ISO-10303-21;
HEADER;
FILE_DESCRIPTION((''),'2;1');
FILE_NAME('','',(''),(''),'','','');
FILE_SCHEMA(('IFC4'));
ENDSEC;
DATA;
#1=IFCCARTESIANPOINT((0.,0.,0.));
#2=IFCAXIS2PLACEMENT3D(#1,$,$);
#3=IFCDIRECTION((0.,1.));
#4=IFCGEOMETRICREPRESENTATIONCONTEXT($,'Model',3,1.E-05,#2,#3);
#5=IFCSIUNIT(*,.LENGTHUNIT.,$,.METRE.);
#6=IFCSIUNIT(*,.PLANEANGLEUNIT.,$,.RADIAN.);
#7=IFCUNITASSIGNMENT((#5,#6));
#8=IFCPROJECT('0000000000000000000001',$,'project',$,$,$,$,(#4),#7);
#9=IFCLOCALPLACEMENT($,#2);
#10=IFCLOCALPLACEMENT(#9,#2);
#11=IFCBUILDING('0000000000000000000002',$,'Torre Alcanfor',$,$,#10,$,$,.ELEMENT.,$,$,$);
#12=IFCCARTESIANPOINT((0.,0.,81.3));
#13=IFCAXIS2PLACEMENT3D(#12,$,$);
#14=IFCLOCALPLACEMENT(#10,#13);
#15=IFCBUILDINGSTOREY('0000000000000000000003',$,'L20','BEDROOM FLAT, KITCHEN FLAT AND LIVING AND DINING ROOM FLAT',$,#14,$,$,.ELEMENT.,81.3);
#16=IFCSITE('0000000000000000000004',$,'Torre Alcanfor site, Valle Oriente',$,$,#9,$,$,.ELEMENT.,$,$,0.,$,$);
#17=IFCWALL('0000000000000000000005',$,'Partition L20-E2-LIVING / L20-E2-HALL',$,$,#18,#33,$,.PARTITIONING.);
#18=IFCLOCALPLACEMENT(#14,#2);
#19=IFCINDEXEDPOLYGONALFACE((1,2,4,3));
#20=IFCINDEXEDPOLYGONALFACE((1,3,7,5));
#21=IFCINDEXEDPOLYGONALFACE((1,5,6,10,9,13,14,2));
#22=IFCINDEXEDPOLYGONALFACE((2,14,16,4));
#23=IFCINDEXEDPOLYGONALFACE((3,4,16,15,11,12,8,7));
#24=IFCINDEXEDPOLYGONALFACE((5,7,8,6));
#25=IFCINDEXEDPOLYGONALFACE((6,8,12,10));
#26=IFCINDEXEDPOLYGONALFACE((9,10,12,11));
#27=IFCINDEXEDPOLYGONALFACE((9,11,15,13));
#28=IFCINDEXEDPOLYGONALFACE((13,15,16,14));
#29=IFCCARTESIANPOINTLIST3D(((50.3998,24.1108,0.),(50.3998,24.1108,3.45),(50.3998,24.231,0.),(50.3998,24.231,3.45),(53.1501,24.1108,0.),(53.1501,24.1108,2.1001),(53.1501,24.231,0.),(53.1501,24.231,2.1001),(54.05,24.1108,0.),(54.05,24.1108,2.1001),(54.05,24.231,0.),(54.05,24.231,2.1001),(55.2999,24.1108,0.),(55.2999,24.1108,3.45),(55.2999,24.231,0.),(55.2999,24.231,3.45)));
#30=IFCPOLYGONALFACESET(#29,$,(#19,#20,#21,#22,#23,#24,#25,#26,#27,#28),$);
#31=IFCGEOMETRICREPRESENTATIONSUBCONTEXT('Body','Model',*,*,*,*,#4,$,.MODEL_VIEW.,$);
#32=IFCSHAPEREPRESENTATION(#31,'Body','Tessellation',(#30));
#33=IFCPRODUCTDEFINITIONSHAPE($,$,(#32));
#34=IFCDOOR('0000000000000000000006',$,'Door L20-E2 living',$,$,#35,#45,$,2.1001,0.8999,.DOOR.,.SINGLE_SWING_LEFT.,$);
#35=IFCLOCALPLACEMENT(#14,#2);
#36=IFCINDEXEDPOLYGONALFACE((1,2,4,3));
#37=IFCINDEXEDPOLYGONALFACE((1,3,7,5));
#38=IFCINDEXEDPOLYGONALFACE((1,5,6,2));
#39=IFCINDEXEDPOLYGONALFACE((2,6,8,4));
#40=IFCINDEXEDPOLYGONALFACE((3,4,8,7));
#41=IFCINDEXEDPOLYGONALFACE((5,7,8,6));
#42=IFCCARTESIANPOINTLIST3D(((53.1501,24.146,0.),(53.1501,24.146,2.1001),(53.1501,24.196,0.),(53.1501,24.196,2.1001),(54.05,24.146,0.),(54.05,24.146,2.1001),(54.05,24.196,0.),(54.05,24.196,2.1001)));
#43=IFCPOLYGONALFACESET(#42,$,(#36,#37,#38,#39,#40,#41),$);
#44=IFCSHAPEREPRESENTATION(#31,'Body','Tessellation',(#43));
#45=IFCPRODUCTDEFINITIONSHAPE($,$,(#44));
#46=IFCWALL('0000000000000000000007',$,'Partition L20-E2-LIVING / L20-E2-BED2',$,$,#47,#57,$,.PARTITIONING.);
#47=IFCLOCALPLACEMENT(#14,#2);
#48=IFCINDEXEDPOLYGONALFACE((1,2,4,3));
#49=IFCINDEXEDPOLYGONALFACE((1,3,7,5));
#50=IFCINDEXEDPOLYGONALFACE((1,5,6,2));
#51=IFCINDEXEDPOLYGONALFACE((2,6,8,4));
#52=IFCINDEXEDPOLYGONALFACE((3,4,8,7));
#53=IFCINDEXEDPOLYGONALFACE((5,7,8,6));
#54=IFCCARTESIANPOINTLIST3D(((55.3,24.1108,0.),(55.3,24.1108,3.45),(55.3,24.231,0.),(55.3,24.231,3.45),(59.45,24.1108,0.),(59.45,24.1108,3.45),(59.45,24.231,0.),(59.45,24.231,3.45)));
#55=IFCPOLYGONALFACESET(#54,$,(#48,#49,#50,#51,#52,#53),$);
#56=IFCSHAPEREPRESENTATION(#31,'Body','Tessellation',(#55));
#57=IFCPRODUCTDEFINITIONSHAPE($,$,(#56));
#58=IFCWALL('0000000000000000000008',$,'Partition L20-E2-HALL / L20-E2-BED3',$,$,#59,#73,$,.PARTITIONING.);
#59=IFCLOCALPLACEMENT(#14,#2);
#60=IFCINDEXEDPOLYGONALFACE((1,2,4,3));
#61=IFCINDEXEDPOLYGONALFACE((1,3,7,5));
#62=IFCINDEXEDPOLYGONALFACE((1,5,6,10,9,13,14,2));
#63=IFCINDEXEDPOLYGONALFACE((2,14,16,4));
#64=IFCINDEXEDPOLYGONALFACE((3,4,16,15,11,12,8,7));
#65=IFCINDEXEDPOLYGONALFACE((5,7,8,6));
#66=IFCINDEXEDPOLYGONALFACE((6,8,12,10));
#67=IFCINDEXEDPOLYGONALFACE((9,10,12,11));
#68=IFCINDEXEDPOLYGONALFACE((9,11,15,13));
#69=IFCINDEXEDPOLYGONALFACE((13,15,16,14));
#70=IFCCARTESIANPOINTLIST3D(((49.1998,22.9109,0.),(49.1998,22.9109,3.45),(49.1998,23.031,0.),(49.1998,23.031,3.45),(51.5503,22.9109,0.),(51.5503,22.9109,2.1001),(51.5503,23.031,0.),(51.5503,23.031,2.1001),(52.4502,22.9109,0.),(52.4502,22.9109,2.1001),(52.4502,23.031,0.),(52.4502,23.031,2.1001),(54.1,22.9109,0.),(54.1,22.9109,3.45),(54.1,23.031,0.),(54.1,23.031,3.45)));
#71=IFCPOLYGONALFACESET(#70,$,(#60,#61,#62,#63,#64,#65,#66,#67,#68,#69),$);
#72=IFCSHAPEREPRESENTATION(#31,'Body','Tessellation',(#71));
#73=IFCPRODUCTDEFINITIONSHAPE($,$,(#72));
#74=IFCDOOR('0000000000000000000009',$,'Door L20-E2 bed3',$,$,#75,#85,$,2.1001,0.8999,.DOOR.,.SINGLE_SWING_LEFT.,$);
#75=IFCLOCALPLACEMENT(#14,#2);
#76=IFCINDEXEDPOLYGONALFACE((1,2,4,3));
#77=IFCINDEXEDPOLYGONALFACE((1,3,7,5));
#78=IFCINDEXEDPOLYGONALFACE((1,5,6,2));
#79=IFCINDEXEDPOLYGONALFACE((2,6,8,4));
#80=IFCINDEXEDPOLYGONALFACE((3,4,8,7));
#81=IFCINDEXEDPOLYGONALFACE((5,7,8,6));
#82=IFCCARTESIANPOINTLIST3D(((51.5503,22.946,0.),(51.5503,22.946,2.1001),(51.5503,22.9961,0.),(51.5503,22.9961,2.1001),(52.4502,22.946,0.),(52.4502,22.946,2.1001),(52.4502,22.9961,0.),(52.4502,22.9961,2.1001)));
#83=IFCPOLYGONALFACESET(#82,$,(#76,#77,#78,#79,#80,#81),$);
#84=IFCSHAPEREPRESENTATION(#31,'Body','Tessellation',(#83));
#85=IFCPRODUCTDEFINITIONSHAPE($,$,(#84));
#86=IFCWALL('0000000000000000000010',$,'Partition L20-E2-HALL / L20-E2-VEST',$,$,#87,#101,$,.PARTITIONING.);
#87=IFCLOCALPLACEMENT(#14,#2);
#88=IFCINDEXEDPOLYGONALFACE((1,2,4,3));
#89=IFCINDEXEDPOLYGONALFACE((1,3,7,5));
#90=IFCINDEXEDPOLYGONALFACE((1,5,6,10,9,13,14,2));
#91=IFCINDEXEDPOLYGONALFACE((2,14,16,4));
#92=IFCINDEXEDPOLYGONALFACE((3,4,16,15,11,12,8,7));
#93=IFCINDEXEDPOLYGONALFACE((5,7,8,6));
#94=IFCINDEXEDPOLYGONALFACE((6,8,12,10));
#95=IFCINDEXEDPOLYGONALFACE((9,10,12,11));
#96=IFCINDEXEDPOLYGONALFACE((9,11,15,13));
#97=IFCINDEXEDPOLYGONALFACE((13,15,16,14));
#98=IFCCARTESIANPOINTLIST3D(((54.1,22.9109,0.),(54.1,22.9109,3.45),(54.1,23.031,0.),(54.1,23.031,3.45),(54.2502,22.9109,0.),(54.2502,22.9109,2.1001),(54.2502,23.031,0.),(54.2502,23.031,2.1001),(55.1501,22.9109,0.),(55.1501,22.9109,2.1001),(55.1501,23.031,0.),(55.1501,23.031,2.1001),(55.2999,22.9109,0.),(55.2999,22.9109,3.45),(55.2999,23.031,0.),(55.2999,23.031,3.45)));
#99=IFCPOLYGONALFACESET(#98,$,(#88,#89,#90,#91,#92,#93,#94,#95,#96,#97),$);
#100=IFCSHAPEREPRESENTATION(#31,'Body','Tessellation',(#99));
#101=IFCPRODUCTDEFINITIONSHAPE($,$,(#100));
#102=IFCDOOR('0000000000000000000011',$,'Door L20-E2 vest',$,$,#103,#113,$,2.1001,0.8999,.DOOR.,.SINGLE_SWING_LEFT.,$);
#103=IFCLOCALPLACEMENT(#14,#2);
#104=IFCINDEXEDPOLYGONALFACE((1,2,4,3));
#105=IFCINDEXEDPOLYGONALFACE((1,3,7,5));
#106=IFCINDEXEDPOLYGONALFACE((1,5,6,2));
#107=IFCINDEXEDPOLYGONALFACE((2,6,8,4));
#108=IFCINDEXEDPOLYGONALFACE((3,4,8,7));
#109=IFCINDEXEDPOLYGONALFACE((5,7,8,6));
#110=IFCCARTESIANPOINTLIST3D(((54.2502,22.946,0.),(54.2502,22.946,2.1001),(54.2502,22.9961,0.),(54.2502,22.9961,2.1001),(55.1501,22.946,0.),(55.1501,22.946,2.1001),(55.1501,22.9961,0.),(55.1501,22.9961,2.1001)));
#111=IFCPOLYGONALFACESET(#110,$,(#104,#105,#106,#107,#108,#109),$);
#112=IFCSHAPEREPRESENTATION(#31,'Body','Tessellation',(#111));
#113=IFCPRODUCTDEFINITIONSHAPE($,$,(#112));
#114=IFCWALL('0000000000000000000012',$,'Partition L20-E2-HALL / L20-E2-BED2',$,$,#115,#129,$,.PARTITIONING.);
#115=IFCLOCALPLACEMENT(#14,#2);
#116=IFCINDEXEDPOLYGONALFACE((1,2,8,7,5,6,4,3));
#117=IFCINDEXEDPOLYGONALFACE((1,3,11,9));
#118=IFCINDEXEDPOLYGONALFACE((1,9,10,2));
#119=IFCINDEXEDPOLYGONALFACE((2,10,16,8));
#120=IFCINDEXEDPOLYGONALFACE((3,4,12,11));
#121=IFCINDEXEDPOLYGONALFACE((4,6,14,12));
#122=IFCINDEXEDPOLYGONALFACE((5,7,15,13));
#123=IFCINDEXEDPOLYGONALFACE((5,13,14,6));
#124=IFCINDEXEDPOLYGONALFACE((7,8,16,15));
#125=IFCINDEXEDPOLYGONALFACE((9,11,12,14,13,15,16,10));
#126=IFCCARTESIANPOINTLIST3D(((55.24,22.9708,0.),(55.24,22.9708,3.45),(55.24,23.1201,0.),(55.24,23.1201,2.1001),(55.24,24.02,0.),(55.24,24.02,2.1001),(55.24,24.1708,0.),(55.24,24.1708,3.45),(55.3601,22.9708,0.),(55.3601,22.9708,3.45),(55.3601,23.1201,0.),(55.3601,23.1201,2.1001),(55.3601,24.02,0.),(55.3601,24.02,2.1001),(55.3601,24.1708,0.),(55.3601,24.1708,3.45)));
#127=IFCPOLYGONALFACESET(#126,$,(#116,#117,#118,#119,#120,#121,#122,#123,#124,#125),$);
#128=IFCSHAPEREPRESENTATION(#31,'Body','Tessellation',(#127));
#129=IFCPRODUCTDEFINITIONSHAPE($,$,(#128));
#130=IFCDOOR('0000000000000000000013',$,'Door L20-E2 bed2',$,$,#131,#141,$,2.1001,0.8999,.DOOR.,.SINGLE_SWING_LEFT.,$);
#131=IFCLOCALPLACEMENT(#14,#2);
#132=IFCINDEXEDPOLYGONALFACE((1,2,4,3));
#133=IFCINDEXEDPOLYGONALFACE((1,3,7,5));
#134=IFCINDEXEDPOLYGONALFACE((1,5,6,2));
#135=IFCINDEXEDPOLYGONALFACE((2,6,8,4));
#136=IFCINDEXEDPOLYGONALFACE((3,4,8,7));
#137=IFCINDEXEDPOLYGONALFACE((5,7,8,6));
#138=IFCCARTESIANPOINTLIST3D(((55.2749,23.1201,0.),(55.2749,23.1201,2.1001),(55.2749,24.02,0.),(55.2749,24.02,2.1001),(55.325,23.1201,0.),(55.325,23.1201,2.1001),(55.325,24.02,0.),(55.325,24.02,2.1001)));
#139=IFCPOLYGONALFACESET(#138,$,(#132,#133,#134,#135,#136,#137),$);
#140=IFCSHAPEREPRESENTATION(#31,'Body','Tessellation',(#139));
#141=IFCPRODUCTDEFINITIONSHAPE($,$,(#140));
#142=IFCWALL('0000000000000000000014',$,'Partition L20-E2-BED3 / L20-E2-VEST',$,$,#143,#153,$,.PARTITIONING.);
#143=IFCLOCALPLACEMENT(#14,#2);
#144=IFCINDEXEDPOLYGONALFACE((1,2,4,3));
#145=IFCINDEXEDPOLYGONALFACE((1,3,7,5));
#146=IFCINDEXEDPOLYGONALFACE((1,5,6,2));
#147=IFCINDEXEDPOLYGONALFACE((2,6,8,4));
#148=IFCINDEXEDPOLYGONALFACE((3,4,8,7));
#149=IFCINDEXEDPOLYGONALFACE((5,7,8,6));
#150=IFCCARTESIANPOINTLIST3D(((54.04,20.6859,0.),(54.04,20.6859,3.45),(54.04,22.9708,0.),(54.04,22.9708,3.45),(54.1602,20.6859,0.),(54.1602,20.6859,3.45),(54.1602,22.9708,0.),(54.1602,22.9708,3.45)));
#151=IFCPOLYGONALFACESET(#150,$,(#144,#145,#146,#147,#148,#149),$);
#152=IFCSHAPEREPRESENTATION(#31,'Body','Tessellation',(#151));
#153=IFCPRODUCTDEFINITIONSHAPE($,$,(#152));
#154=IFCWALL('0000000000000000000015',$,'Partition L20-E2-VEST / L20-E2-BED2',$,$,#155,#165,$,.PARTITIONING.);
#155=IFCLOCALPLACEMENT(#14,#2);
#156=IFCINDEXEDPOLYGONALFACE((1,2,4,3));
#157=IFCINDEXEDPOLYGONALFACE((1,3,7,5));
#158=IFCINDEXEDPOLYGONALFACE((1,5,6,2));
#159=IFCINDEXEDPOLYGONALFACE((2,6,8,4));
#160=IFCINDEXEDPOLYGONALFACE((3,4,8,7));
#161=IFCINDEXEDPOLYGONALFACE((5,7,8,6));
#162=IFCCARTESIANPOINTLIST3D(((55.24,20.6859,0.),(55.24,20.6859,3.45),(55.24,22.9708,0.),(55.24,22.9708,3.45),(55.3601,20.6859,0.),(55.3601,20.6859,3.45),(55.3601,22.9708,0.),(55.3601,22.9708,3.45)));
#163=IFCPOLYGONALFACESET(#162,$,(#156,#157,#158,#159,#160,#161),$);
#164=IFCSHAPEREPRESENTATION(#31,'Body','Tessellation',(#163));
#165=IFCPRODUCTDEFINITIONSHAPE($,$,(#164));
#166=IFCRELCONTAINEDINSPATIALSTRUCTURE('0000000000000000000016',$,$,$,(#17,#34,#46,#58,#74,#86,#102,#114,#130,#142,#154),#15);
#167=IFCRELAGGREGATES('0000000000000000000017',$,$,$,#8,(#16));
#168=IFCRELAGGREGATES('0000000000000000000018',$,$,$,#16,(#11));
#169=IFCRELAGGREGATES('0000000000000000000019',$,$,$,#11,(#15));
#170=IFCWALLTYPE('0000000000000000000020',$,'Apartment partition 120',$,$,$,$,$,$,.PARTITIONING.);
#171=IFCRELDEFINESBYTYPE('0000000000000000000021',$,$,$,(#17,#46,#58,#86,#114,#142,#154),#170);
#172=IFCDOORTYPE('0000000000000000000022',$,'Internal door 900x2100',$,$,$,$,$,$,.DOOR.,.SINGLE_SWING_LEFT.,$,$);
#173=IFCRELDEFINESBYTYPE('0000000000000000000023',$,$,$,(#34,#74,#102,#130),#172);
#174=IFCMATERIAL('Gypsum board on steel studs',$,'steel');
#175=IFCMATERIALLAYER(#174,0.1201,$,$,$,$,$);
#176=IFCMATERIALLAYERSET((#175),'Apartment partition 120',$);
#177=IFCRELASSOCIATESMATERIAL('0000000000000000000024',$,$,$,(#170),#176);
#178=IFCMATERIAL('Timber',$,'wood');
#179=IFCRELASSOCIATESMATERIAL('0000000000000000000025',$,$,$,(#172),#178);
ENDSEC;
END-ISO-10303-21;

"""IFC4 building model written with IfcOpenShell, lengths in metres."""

from ifc_helpers import new_model, si_unit, direction, frame, frame_2d, origin, place, context, subcontext, project, spatial, rectangle, extrude, material, layer, layer_set, type_object, element, fill, save


model = new_model("IFC4")

# Units and contexts
model_context = context("Model", 3, precision=1e-05, world=origin(), true_north=direction((0.0, 1.0)))
body_context = subcontext(model_context, "Body", "Model", "MODEL_VIEW")
ifc_project = project(units=[si_unit("LENGTHUNIT", "METRE"), si_unit("PLANEANGLEUNIT", "RADIAN")], contexts=[model_context])

# Site, building, storey
site_placement = place(None, origin())
site = spatial("IfcSite", under=ifc_project, at=site_placement, Name="Torre Alcanfor site, Valle Oriente", CompositionType="ELEMENT", RefElevation=0.0)
building_placement = place(site_placement, origin())
building = spatial("IfcBuilding", under=site, at=building_placement, Name="Torre Alcanfor", CompositionType="ELEMENT")
storey_placement = place(building_placement, frame((0.0, 0.0, 81.3)))
storey = spatial("IfcBuildingStorey", under=building, at=storey_placement, Name="L20", Description="BEDROOM FLAT, KITCHEN FLAT AND LIVING AND DINING ROOM FLAT", CompositionType="ELEMENT", Elevation=81.3)

# Wall, opening, door
ifc_material_1 = material(Name="Gypsum board on steel studs", Category="steel")
ifc_layer_1 = layer(ifc_material_1, 0.1201)
ifc_layer_set_1 = layer_set([ifc_layer_1], Name="Apartment partition 120")
wall_type = type_object("IfcWallType", Name="Apartment partition 120", PredefinedType="PARTITIONING", material=ifc_layer_set_1)
wall_1_placement = place(storey_placement, frame((55.3, 24.1709, 0.0), z_axis=(0.0, 0.0, 1.0), x_axis=(-1.0, 0.0, 0.0)))
wall_1 = element("IfcWall", 1, at=wall_1_placement, inside=storey, type_object=wall_type, Name="Partition L20-E2-LIVING / L20-E2-HALL", PredefinedType="PARTITIONING", context=body_context, shape_type="SweptSolid", body=[
    extrude(rectangle(XDim=4.9001, YDim=0.1201, at=frame_2d((2.4502, 0.0))), origin(), (0.0, 0.0, 1.0), 3.45),
])
opening_1_placement = place(wall_1_placement, frame((1.25, 0.0, 0.0)))
opening_1 = element("IfcOpeningElement", 2, at=opening_1_placement, cuts=wall_1, PredefinedType="OPENING", context=body_context, shape_type="SweptSolid", body=[
    extrude(rectangle(XDim=0.8999, YDim=2.1001, at=frame_2d((0.45, 1.05))), frame((0.0, 0.0701, 0.0), z_axis=(0.0, -1.0, 0.0), x_axis=(1.0, 0.0, 0.0)), (0.0, 0.0, 1.0), 0.1401),
])
ifc_material_2 = material(Name="Timber", Category="wood")
door_type = type_object("IfcDoorType", Name="Internal door 900x2100", OperationType="SINGLE_SWING_LEFT", PredefinedType="DOOR", material=ifc_material_2)
door_1_placement = place(opening_1_placement, frame((0.8999, 0.0, 0.0), z_axis=(0.0, 0.0, 1.0), x_axis=(-1.0, 0.0, 0.0)))
door_1 = element("IfcDoor", 3, at=door_1_placement, inside=storey, type_object=door_type, Name="Door L20-E2 living", OperationType="SINGLE_SWING_LEFT", OverallHeight=2.1001, OverallWidth=0.8999, PredefinedType="DOOR", context=body_context, shape_type="SweptSolid", body=[
    extrude(rectangle(XDim=0.8999, YDim=2.1001, at=frame_2d((0.45, 1.05))), frame((0.0, 0.0251, 0.0), z_axis=(0.0, -1.0, 0.0), x_axis=(1.0, 0.0, 0.0)), (0.0, 0.0, 1.0), 0.05),
])
fill(opening_1, door_1)

# Wall
wall_2_placement = place(storey_placement, frame((59.45, 24.1709, 0.0), z_axis=(0.0, 0.0, 1.0), x_axis=(-1.0, 0.0, 0.0)))
element("IfcWall", 4, at=wall_2_placement, inside=storey, type_object=wall_type, Name="Partition L20-E2-LIVING / L20-E2-BED2", PredefinedType="PARTITIONING", context=body_context, shape_type="SweptSolid", body=[
    extrude(rectangle(XDim=4.1499, YDim=0.1201, at=frame_2d((2.075, 0.0))), origin(), (0.0, 0.0, 1.0), 3.45),
])

# Walls, openings, doors
wall_3_placement = place(storey_placement, frame((54.1001, 22.9709, 0.0), z_axis=(0.0, 0.0, 1.0), x_axis=(-1.0, 0.0, 0.0)))
wall_3 = element("IfcWall", 5, at=wall_3_placement, inside=storey, type_object=wall_type, Name="Partition L20-E2-HALL / L20-E2-BED3", PredefinedType="PARTITIONING", context=body_context, shape_type="SweptSolid", body=[
    extrude(rectangle(XDim=4.9001, YDim=0.1201, at=frame_2d((2.4502, 0.0))), origin(), (0.0, 0.0, 1.0), 3.45),
])
opening_2_placement = place(wall_3_placement, frame((1.6499, 0.0, 0.0)))
opening_2 = element("IfcOpeningElement", 6, at=opening_2_placement, cuts=wall_3, PredefinedType="OPENING", context=body_context, shape_type="SweptSolid", body=[
    extrude(rectangle(XDim=0.8999, YDim=2.1001, at=frame_2d((0.45, 1.05))), frame((0.0, 0.0701, 0.0), z_axis=(0.0, -1.0, 0.0), x_axis=(1.0, 0.0, 0.0)), (0.0, 0.0, 1.0), 0.1401),
])
door_2_placement = place(opening_2_placement, origin())
door_2 = element("IfcDoor", 7, at=door_2_placement, inside=storey, type_object=door_type, Name="Door L20-E2 bed3", OperationType="SINGLE_SWING_LEFT", OverallHeight=2.1001, OverallWidth=0.8999, PredefinedType="DOOR", context=body_context, shape_type="SweptSolid", body=[
    extrude(rectangle(XDim=0.8999, YDim=2.1001, at=frame_2d((0.45, 1.05))), frame((0.0, 0.0249, 0.0), z_axis=(0.0, -1.0, 0.0), x_axis=(1.0, 0.0, 0.0)), (0.0, 0.0, 1.0), 0.05),
])
fill(opening_2, door_2)
wall_4_placement = place(storey_placement, frame((55.3, 22.9709, 0.0), z_axis=(0.0, 0.0, 1.0), x_axis=(-1.0, 0.0, 0.0)))
wall_4 = element("IfcWall", 8, at=wall_4_placement, inside=storey, type_object=wall_type, Name="Partition L20-E2-HALL / L20-E2-VEST", PredefinedType="PARTITIONING", context=body_context, shape_type="SweptSolid", body=[
    extrude(rectangle(XDim=1.2, YDim=0.1201, at=frame_2d((0.6001, 0.0))), origin(), (0.0, 0.0, 1.0), 3.45),
])
opening_3_placement = place(wall_4_placement, frame((0.1499, 0.0, 0.0)))
opening_3 = element("IfcOpeningElement", 9, at=opening_3_placement, cuts=wall_4, PredefinedType="OPENING", context=body_context, shape_type="SweptSolid", body=[
    extrude(rectangle(XDim=0.8999, YDim=2.1001, at=frame_2d((0.45, 1.05))), frame((0.0, 0.0701, 0.0), z_axis=(0.0, -1.0, 0.0), x_axis=(1.0, 0.0, 0.0)), (0.0, 0.0, 1.0), 0.1401),
])
door_3_placement = place(opening_3_placement, origin())
door_3 = element("IfcDoor", 10, at=door_3_placement, inside=storey, type_object=door_type, Name="Door L20-E2 vest", OperationType="SINGLE_SWING_LEFT", OverallHeight=2.1001, OverallWidth=0.8999, PredefinedType="DOOR", context=body_context, shape_type="SweptSolid", body=[
    extrude(rectangle(XDim=0.8999, YDim=2.1001, at=frame_2d((0.45, 1.05))), frame((0.0, 0.0249, 0.0), z_axis=(0.0, -1.0, 0.0), x_axis=(1.0, 0.0, 0.0)), (0.0, 0.0, 1.0), 0.05),
])
fill(opening_3, door_3)
wall_5_placement = place(storey_placement, frame((55.3, 24.1709, 0.0), z_axis=(0.0, 0.0, 1.0), x_axis=(0.0, -1.0, 0.0)))
wall_5 = element("IfcWall", 11, at=wall_5_placement, inside=storey, type_object=wall_type, Name="Partition L20-E2-HALL / L20-E2-BED2", PredefinedType="PARTITIONING", context=body_context, shape_type="SweptSolid", body=[
    extrude(rectangle(XDim=1.2, YDim=0.1201, at=frame_2d((0.6001, 0.0))), origin(), (0.0, 0.0, 1.0), 3.45),
])
opening_4_placement = place(wall_5_placement, frame((0.1509, 0.0, 0.0)))
opening_4 = element("IfcOpeningElement", 12, at=opening_4_placement, cuts=wall_5, PredefinedType="OPENING", context=body_context, shape_type="SweptSolid", body=[
    extrude(rectangle(XDim=0.8999, YDim=2.1001, at=frame_2d((0.45, 1.05))), frame((0.0, 0.0701, 0.0), z_axis=(0.0, -1.0, 0.0), x_axis=(1.0, 0.0, 0.0)), (0.0, 0.0, 1.0), 0.1401),
])
door_4_placement = place(opening_4_placement, origin())
door_4 = element("IfcDoor", 13, at=door_4_placement, inside=storey, type_object=door_type, Name="Door L20-E2 bed2", OperationType="SINGLE_SWING_LEFT", OverallHeight=2.1001, OverallWidth=0.8999, PredefinedType="DOOR", context=body_context, shape_type="SweptSolid", body=[
    extrude(rectangle(XDim=0.8999, YDim=2.1001, at=frame_2d((0.45, 1.05))), frame((0.0, 0.0249, 0.0), z_axis=(0.0, -1.0, 0.0), x_axis=(1.0, 0.0, 0.0)), (0.0, 0.0, 1.0), 0.05),
])
fill(opening_4, door_4)

# Walls
for number, where, z_axis, x_axis, name in (
    (14, (54.1001, 22.9709, 0.0), (0.0, 0.0, 1.0), (0.0, -1.0, 0.0), "Partition L20-E2-BED3 / L20-E2-VEST"),
    (15, (55.3, 22.9709, 0.0), (0.0, 0.0, 1.0), (0.0, -1.0, 0.0), "Partition L20-E2-VEST / L20-E2-BED2"),
):
    element("IfcWall", number, at=place(storey_placement, frame(where, z_axis=z_axis, x_axis=x_axis)), inside=storey, type_object=wall_type, Name=name, PredefinedType="PARTITIONING", context=body_context, shape_type="SweptSolid", body=[
        extrude(rectangle(XDim=2.2849, YDim=0.1201, at=frame_2d((1.1426, 0.0))), origin(), (0.0, 0.0, 1.0), 3.45),
    ])

save(model, "model.ifc")
